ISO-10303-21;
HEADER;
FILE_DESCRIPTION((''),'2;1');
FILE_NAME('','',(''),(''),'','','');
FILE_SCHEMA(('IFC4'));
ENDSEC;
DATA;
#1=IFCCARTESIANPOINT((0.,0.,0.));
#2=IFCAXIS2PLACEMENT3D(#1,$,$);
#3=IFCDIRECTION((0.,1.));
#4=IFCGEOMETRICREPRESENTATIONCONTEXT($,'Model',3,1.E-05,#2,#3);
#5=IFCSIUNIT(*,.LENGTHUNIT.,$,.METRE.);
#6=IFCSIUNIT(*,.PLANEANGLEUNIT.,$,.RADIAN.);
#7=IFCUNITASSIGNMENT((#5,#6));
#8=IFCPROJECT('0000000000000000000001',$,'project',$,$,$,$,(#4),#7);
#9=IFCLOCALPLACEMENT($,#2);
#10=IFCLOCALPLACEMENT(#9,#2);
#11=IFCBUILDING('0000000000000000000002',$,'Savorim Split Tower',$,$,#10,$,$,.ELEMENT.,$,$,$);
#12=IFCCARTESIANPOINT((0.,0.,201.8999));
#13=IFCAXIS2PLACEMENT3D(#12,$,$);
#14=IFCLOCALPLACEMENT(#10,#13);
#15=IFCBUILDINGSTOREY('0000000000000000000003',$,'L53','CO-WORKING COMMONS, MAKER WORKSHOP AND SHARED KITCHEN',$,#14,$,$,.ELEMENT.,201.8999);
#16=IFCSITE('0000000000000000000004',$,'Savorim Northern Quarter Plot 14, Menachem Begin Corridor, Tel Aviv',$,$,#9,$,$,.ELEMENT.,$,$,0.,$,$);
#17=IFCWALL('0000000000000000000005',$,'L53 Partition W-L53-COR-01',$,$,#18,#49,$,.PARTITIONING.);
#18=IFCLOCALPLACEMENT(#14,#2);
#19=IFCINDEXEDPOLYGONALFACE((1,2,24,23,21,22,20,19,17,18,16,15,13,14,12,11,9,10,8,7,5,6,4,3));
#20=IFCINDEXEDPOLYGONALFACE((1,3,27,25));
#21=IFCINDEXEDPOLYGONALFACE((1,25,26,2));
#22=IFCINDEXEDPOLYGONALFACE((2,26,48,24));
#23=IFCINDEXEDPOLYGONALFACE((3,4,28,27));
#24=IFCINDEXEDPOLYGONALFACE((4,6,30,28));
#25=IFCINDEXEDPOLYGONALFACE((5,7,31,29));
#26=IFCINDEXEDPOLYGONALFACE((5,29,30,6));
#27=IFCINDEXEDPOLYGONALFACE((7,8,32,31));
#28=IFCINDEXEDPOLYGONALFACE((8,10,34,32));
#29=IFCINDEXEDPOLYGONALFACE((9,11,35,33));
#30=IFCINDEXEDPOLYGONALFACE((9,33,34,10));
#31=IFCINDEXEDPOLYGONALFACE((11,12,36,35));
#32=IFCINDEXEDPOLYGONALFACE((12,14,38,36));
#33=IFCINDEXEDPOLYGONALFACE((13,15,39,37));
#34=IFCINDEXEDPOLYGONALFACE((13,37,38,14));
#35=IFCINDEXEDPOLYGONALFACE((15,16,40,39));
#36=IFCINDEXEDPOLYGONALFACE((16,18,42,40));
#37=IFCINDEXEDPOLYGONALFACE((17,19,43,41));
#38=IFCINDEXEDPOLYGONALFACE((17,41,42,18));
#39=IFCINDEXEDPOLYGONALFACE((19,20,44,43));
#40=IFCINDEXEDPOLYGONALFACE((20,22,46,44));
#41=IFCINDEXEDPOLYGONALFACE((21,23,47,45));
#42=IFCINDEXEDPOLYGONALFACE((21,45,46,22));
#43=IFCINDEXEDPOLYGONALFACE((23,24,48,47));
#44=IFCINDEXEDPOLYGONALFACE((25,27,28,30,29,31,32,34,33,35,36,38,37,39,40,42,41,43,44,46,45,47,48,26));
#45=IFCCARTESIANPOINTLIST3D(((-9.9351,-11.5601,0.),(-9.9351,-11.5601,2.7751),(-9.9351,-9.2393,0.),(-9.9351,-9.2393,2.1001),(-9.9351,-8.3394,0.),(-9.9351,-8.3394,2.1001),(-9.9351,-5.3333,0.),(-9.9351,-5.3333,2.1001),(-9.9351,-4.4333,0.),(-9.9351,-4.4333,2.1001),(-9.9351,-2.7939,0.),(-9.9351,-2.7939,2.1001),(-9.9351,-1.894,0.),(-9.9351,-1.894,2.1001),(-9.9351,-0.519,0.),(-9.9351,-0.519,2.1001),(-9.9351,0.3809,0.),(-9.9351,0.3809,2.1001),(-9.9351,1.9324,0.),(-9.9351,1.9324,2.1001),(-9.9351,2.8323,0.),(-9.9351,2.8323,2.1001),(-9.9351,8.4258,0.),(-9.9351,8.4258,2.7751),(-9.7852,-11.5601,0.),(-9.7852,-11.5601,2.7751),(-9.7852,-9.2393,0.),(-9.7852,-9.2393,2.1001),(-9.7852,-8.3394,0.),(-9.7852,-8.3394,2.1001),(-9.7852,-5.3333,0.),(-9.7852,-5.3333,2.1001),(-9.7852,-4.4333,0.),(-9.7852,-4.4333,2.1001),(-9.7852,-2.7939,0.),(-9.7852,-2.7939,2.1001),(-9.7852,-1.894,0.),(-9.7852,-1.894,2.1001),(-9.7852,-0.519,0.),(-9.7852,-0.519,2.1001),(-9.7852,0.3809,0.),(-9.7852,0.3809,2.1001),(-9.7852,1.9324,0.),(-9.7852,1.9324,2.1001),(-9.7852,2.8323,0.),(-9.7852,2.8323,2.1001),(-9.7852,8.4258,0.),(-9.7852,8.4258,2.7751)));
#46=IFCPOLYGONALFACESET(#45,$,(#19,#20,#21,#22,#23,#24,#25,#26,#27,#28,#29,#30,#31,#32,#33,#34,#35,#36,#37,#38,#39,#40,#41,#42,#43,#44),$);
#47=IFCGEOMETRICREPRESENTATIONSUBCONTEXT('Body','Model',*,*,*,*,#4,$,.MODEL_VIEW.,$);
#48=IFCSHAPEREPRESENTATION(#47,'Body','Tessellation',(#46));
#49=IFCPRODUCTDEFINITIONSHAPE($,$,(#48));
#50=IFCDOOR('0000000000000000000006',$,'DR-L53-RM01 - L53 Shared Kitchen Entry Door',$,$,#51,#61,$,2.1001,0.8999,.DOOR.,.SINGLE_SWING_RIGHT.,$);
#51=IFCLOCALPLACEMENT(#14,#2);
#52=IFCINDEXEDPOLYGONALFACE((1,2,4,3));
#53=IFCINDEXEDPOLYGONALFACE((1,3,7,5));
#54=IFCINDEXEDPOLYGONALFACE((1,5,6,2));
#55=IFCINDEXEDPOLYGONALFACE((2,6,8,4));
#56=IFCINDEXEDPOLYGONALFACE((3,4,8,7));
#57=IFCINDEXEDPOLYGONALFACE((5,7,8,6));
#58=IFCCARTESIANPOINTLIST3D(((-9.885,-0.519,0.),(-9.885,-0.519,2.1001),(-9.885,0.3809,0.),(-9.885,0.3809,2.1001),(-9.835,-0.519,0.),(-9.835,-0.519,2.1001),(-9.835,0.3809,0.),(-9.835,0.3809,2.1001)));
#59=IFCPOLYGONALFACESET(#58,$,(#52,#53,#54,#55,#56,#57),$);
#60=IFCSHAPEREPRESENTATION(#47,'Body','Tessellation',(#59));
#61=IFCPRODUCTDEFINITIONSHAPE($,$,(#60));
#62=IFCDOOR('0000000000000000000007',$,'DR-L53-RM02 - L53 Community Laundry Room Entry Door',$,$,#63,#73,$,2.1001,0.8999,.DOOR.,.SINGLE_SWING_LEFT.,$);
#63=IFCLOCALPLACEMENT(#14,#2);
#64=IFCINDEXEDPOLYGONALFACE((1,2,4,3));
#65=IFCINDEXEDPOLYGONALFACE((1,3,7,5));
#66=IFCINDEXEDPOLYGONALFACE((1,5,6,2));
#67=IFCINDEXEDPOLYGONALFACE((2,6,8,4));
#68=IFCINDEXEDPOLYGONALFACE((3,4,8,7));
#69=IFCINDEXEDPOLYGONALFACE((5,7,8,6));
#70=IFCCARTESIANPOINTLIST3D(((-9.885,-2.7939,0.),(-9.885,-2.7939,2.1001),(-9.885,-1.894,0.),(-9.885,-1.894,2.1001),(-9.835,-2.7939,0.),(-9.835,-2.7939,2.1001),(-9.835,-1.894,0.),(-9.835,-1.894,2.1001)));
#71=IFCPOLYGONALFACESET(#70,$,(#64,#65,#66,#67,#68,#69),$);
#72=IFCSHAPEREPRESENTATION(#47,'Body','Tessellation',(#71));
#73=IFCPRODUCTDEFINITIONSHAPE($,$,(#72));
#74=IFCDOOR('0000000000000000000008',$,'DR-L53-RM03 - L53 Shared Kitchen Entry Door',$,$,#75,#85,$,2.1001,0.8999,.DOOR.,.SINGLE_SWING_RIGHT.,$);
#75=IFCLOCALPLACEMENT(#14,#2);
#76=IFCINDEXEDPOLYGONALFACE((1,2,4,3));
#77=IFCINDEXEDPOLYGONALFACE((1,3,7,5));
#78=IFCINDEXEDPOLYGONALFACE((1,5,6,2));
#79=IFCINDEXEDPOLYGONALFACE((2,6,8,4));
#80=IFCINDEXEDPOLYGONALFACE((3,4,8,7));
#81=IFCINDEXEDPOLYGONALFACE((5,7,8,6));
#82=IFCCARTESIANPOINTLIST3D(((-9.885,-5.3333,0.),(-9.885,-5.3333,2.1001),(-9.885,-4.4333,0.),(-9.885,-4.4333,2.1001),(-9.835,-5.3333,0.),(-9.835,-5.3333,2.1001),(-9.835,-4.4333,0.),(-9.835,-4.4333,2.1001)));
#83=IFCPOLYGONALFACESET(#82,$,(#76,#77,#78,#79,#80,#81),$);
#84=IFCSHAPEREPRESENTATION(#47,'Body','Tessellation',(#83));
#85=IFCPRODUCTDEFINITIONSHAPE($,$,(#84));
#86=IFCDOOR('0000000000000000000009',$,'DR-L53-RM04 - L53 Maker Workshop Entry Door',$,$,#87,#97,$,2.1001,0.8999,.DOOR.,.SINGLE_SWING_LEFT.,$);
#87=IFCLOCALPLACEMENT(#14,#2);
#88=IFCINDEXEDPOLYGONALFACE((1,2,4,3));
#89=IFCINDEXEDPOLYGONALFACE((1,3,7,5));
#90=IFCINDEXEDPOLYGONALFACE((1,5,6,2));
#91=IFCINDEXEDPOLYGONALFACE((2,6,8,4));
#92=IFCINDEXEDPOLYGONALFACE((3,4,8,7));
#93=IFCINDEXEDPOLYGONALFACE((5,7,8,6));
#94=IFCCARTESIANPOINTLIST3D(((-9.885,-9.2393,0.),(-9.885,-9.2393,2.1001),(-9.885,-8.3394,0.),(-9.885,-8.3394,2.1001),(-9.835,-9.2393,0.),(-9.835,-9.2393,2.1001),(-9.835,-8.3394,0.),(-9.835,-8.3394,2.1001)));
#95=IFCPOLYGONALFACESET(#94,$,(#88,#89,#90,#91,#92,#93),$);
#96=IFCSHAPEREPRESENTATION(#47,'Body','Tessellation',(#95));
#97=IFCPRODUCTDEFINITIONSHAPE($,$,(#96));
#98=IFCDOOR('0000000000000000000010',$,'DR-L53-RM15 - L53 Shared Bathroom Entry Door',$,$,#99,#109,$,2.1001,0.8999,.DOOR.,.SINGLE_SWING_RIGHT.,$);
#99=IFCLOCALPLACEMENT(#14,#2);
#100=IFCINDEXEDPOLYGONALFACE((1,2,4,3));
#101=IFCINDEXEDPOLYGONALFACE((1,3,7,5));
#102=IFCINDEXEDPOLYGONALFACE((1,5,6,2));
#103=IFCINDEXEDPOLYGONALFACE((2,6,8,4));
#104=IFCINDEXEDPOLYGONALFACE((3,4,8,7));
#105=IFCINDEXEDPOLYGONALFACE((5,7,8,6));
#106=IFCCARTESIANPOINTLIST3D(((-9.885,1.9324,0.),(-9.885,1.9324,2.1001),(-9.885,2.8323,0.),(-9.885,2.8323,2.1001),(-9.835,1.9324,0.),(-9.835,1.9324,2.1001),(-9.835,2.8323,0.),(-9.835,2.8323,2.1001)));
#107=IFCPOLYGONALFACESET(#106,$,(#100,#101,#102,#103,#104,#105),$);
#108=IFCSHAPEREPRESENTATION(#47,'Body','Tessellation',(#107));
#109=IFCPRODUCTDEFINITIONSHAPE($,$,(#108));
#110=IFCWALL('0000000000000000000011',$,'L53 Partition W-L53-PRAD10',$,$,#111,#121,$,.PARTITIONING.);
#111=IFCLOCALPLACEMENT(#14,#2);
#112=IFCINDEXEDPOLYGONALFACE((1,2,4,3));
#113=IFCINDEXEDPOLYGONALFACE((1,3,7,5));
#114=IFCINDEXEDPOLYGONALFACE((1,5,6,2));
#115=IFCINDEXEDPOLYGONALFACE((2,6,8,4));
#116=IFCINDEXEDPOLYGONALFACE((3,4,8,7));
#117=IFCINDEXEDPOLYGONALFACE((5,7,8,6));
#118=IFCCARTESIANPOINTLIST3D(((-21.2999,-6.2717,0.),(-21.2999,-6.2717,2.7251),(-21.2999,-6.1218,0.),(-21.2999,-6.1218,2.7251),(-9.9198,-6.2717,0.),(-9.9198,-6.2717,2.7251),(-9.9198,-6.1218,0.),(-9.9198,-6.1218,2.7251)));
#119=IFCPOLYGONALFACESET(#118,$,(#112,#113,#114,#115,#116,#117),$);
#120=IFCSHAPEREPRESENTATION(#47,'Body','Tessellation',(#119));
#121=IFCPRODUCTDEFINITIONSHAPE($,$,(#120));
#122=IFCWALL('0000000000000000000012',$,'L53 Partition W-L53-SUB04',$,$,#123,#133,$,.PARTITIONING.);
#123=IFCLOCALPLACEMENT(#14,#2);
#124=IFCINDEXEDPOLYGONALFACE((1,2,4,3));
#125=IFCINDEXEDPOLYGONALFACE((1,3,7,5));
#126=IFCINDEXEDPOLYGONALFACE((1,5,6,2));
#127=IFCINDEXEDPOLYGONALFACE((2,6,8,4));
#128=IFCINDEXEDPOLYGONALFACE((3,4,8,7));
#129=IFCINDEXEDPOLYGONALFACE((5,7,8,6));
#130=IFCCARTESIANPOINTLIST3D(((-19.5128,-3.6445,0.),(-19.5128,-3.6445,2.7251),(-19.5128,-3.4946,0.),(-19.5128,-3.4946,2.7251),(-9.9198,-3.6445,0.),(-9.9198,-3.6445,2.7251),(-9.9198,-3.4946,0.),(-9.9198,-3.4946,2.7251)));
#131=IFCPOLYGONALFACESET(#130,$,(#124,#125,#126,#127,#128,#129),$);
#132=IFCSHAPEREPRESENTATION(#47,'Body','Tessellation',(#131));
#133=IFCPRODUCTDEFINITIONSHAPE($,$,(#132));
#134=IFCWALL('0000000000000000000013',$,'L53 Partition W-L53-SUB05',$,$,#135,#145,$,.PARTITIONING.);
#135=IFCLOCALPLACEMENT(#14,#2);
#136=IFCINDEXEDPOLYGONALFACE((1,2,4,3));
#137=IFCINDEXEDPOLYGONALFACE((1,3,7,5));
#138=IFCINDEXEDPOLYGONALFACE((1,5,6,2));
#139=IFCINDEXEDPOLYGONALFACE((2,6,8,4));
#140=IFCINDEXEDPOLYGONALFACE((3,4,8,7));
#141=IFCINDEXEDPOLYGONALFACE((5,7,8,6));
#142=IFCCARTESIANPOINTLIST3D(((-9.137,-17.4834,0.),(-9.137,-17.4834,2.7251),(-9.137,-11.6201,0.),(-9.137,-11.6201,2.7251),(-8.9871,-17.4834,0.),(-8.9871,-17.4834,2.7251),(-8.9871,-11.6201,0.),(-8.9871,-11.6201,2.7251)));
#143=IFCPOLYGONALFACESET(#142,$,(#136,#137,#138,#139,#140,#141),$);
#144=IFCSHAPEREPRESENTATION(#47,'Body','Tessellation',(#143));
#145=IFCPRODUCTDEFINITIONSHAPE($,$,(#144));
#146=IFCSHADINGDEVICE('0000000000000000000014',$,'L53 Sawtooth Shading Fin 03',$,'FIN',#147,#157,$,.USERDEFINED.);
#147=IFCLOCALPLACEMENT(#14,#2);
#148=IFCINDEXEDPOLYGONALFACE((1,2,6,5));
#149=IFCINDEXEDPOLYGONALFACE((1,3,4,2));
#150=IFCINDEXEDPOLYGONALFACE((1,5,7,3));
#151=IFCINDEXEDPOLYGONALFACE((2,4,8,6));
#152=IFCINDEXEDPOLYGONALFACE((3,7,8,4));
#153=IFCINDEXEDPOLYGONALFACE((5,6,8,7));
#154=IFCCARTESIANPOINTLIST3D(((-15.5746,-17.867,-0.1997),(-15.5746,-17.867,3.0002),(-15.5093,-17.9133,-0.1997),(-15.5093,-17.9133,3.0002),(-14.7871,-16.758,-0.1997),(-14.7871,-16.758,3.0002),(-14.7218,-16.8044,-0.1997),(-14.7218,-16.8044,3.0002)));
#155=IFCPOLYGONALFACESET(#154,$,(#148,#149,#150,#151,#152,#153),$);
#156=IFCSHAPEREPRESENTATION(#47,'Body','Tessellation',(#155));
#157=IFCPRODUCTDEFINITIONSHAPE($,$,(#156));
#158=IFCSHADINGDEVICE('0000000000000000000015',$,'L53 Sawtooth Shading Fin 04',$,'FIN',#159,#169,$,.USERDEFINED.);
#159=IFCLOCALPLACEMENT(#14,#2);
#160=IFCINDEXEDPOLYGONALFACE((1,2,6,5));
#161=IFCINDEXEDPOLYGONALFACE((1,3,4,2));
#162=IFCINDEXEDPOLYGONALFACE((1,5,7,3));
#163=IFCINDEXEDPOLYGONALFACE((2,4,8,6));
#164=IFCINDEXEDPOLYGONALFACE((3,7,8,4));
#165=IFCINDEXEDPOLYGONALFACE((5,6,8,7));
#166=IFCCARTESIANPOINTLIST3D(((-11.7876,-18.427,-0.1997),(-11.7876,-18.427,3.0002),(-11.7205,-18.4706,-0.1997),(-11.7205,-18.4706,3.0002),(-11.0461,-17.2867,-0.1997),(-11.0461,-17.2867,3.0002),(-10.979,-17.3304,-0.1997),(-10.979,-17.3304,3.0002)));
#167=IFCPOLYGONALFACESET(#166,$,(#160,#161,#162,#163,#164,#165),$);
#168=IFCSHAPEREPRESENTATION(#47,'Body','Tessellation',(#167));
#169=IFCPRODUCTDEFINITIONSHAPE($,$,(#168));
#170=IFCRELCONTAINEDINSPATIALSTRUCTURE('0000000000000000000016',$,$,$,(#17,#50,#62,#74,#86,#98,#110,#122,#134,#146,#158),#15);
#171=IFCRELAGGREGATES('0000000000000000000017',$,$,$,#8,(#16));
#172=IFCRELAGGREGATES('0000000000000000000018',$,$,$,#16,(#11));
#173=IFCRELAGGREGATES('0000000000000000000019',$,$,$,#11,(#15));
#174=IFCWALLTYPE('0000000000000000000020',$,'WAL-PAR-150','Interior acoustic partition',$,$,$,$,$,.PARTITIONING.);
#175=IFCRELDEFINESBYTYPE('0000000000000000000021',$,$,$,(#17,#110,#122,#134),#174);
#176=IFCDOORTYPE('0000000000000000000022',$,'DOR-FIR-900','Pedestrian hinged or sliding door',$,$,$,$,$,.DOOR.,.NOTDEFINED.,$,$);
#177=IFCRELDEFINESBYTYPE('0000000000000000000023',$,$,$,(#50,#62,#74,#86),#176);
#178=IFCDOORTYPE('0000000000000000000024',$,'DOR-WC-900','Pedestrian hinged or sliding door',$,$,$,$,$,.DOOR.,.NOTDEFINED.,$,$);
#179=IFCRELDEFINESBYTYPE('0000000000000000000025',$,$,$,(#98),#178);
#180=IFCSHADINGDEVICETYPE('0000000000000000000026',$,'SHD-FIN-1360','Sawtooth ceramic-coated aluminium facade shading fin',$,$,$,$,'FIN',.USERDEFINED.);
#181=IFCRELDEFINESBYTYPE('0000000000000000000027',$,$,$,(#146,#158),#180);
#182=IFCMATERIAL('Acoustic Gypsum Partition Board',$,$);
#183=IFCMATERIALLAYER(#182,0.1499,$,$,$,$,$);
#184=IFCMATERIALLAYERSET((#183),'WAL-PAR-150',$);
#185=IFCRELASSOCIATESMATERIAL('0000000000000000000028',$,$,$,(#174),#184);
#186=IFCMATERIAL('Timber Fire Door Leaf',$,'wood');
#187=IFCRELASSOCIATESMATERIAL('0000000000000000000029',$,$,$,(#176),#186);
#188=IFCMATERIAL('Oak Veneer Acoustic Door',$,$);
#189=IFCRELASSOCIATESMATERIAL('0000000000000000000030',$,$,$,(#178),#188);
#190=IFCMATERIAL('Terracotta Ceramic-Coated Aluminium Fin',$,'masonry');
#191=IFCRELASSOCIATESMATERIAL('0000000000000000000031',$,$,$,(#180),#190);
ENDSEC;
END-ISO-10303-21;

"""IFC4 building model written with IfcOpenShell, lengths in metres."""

from ifc_helpers import new_model, si_unit, direction, frame, frame_2d, origin, origin_2d, place, context, subcontext, project, spatial, rectangle, extrude, material, layer, layer_set, type_object, element, fill, save


model = new_model("IFC4")

# Units and contexts
model_context = context("Model", 3, precision=1e-05, world=origin(), true_north=direction((0.0, 1.0)))
body_context = subcontext(model_context, "Body", "Model", "MODEL_VIEW")
ifc_project = project(units=[si_unit("LENGTHUNIT", "METRE"), si_unit("PLANEANGLEUNIT", "RADIAN")], contexts=[model_context])

# Site, building, storey
site_placement = place(None, origin())
site = spatial("IfcSite", under=ifc_project, at=site_placement, Name="Savorim Northern Quarter Plot 14, Menachem Begin Corridor, Tel Aviv", CompositionType="ELEMENT", RefElevation=0.0)
building_placement = place(site_placement, origin())
building = spatial("IfcBuilding", under=site, at=building_placement, Name="Savorim Split Tower", CompositionType="ELEMENT")
storey_placement = place(building_placement, frame((0.0, 0.0, 201.8999)))
storey = spatial("IfcBuildingStorey", under=building, at=storey_placement, Name="L53", Description="CO-WORKING COMMONS, MAKER WORKSHOP AND SHARED KITCHEN", CompositionType="ELEMENT", Elevation=201.8999)

# Wall, openings, doors
ifc_material_1 = material(Name="Acoustic Gypsum Partition Board")
ifc_layer_1 = layer(ifc_material_1, 0.1499)
ifc_layer_set_1 = layer_set([ifc_layer_1], Name="WAL-PAR-150")
wall_type = type_object("IfcWallType", Name="WAL-PAR-150", Description="Interior acoustic partition", PredefinedType="PARTITIONING", material=ifc_layer_set_1)
wall_1_placement = place(storey_placement, frame((-9.8601, -11.5601, 0.0), z_axis=(0.0, 0.0, 1.0), x_axis=(0.0, 1.0, 0.0)))
wall_1 = element("IfcWall", 1, at=wall_1_placement, inside=storey, type_object=wall_type, Name="L53 Partition W-L53-COR-01", PredefinedType="PARTITIONING", context=body_context, shape_type="SweptSolid", body=[
    extrude(rectangle(XDim=19.9858, YDim=0.1499, at=frame_2d((9.9929, 0.0))), origin(), (0.0, 0.0, 1.0), 2.7751),
])
opening_1_placement = place(wall_1_placement, frame((11.041, 0.0, 0.0)))
opening_1 = element("IfcOpeningElement", 2, at=opening_1_placement, cuts=wall_1, PredefinedType="OPENING", context=body_context, shape_type="SweptSolid", body=[
    extrude(rectangle(XDim=0.8999, YDim=2.1001, at=frame_2d((0.45, 1.05))), frame((0.0, 0.085, 0.0), z_axis=(0.0, -1.0, 0.0), x_axis=(1.0, 0.0, 0.0)), (0.0, 0.0, 1.0), 0.1699),
])
opening_2_placement = place(wall_1_placement, frame((8.7661, 0.0, 0.0)))
opening_2 = element("IfcOpeningElement", 3, at=opening_2_placement, cuts=wall_1, PredefinedType="OPENING", context=body_context, shape_type="SweptSolid", body=[
    extrude(rectangle(XDim=0.8999, YDim=2.1001, at=frame_2d((0.45, 1.05))), frame((0.0, 0.085, 0.0), z_axis=(0.0, -1.0, 0.0), x_axis=(1.0, 0.0, 0.0)), (0.0, 0.0, 1.0), 0.1699),
])
opening_3_placement = place(wall_1_placement, frame((6.2268, 0.0, 0.0)))
opening_3 = element("IfcOpeningElement", 4, at=opening_3_placement, cuts=wall_1, PredefinedType="OPENING", context=body_context, shape_type="SweptSolid", body=[
    extrude(rectangle(XDim=0.8999, YDim=2.1001, at=frame_2d((0.45, 1.05))), frame((0.0, 0.085, 0.0), z_axis=(0.0, -1.0, 0.0), x_axis=(1.0, 0.0, 0.0)), (0.0, 0.0, 1.0), 0.1699),
])
opening_4_placement = place(wall_1_placement, frame((2.3208, 0.0, 0.0)))
opening_4 = element("IfcOpeningElement", 5, at=opening_4_placement, cuts=wall_1, PredefinedType="OPENING", context=body_context, shape_type="SweptSolid", body=[
    extrude(rectangle(XDim=0.8999, YDim=2.1001, at=frame_2d((0.45, 1.05))), frame((0.0, 0.085, 0.0), z_axis=(0.0, -1.0, 0.0), x_axis=(1.0, 0.0, 0.0)), (0.0, 0.0, 1.0), 0.1699),
])
opening_5_placement = place(wall_1_placement, frame((13.4924, 0.0, 0.0)))
opening_5 = element("IfcOpeningElement", 6, at=opening_5_placement, cuts=wall_1, PredefinedType="OPENING", context=body_context, shape_type="SweptSolid", body=[
    extrude(rectangle(XDim=0.8999, YDim=2.1001, at=frame_2d((0.45, 1.05))), frame((0.0, 0.085, 0.0), z_axis=(0.0, -1.0, 0.0), x_axis=(1.0, 0.0, 0.0)), (0.0, 0.0, 1.0), 0.1699),
])
ifc_material_2 = material(Name="Timber Fire Door Leaf", Category="wood")
door_type_1 = type_object("IfcDoorType", Name="DOR-FIR-900", Description="Pedestrian hinged or sliding door", OperationType="NOTDEFINED", PredefinedType="DOOR", material=ifc_material_2)
door_1_placement = place(opening_1_placement, origin())
door_1 = element("IfcDoor", 7, at=door_1_placement, inside=storey, type_object=door_type_1, Name="DR-L53-RM01 - L53 Shared Kitchen Entry Door", OperationType="SINGLE_SWING_RIGHT", OverallHeight=2.1001, OverallWidth=0.8999, PredefinedType="DOOR", context=body_context, shape_type="SweptSolid", body=[
    extrude(rectangle(XDim=0.8999, YDim=2.1001, at=frame_2d((0.45, 1.05))), frame((0.0, 0.0249, 0.0), z_axis=(0.0, -1.0, 0.0), x_axis=(1.0, 0.0, 0.0)), (0.0, 0.0, 1.0), 0.05),
])
fill(opening_1, door_1)
door_2_placement = place(opening_2_placement, origin())
door_2 = element("IfcDoor", 8, at=door_2_placement, inside=storey, type_object=door_type_1, Name="DR-L53-RM02 - L53 Community Laundry Room Entry Door", OperationType="SINGLE_SWING_LEFT", OverallHeight=2.1001, OverallWidth=0.8999, PredefinedType="DOOR", context=body_context, shape_type="SweptSolid", body=[
    extrude(rectangle(XDim=0.8999, YDim=2.1001, at=frame_2d((0.45, 1.05))), frame((0.0, 0.0249, 0.0), z_axis=(0.0, -1.0, 0.0), x_axis=(1.0, 0.0, 0.0)), (0.0, 0.0, 1.0), 0.05),
])
fill(opening_2, door_2)
door_3_placement = place(opening_3_placement, origin())
door_3 = element("IfcDoor", 9, at=door_3_placement, inside=storey, type_object=door_type_1, Name="DR-L53-RM03 - L53 Shared Kitchen Entry Door", OperationType="SINGLE_SWING_RIGHT", OverallHeight=2.1001, OverallWidth=0.8999, PredefinedType="DOOR", context=body_context, shape_type="SweptSolid", body=[
    extrude(rectangle(XDim=0.8999, YDim=2.1001, at=frame_2d((0.45, 1.05))), frame((0.0, 0.0249, 0.0), z_axis=(0.0, -1.0, 0.0), x_axis=(1.0, 0.0, 0.0)), (0.0, 0.0, 1.0), 0.05),
])
fill(opening_3, door_3)
door_4_placement = place(opening_4_placement, origin())
door_4 = element("IfcDoor", 10, at=door_4_placement, inside=storey, type_object=door_type_1, Name="DR-L53-RM04 - L53 Maker Workshop Entry Door", OperationType="SINGLE_SWING_LEFT", OverallHeight=2.1001, OverallWidth=0.8999, PredefinedType="DOOR", context=body_context, shape_type="SweptSolid", body=[
    extrude(rectangle(XDim=0.8999, YDim=2.1001, at=frame_2d((0.45, 1.05))), frame((0.0, 0.0249, 0.0), z_axis=(0.0, -1.0, 0.0), x_axis=(1.0, 0.0, 0.0)), (0.0, 0.0, 1.0), 0.05),
])
fill(opening_4, door_4)
ifc_material_3 = material(Name="Oak Veneer Acoustic Door")
door_type_2 = type_object("IfcDoorType", Name="DOR-WC-900", Description="Pedestrian hinged or sliding door", OperationType="NOTDEFINED", PredefinedType="DOOR", material=ifc_material_3)
door_5_placement = place(opening_5_placement, origin())
door_5 = element("IfcDoor", 11, at=door_5_placement, inside=storey, type_object=door_type_2, Name="DR-L53-RM15 - L53 Shared Bathroom Entry Door", OperationType="SINGLE_SWING_RIGHT", OverallHeight=2.1001, OverallWidth=0.8999, PredefinedType="DOOR", context=body_context, shape_type="SweptSolid", body=[
    extrude(rectangle(XDim=0.8999, YDim=2.1001, at=frame_2d((0.45, 1.05))), frame((0.0, 0.0249, 0.0), z_axis=(0.0, -1.0, 0.0), x_axis=(1.0, 0.0, 0.0)), (0.0, 0.0, 1.0), 0.05),
])
fill(opening_5, door_5)

# Walls
wall_2_placement = place(storey_placement, frame((-9.9199, -6.1968, 0.0), z_axis=(0.0, 0.0, 1.0), x_axis=(-1.0, 0.0, 0.0)))
element("IfcWall", 12, at=wall_2_placement, inside=storey, type_object=wall_type, Name="L53 Partition W-L53-PRAD10", PredefinedType="PARTITIONING", context=body_context, shape_type="SweptSolid", body=[
    extrude(rectangle(XDim=11.3801, YDim=0.1499, at=frame_2d((5.6899, 0.0))), origin(), (0.0, 0.0, 1.0), 2.7251),
])
wall_3_placement = place(storey_placement, frame((-9.9199, -3.5696, 0.0), z_axis=(0.0, 0.0, 1.0), x_axis=(-1.0, 0.0, 0.0)))
element("IfcWall", 13, at=wall_3_placement, inside=storey, type_object=wall_type, Name="L53 Partition W-L53-SUB04", PredefinedType="PARTITIONING", context=body_context, shape_type="SweptSolid", body=[
    extrude(rectangle(XDim=9.593, YDim=0.1499, at=frame_2d((4.7964, 0.0))), origin(), (0.0, 0.0, 1.0), 2.7251),
])
wall_4_placement = place(storey_placement, frame((-9.062, -11.6201, 0.0), z_axis=(0.0, 0.0, 1.0), x_axis=(0.0, -1.0, 0.0)))
element("IfcWall", 14, at=wall_4_placement, inside=storey, type_object=wall_type, Name="L53 Partition W-L53-SUB05", PredefinedType="PARTITIONING", context=body_context, shape_type="SweptSolid", body=[
    extrude(rectangle(XDim=5.8633, YDim=0.1499, at=frame_2d((2.9316, 0.0))), origin(), (0.0, 0.0, 1.0), 2.7251),
])

# Shading devices
ifc_material_4 = material(Name="Terracotta Ceramic-Coated Aluminium Fin", Category="masonry")
shading_device_type = type_object("IfcShadingDeviceType", Name="SHD-FIN-1360", Description="Sawtooth ceramic-coated aluminium facade shading fin", ElementType="FIN", PredefinedType="USERDEFINED", material=ifc_material_4)
for number, where, z_axis, x_axis, name in (
    (15, (-15.1482, -17.3357, -0.1997), (0.0, 0.0, 1.0), (-0.578994, -0.815332, 0.0), "L53 Sawtooth Shading Fin 03"),
    (16, (-11.3833, -17.8787, -0.1997), (0.0, 0.0, 1.0), (-0.545148, -0.83834, 0.0), "L53 Sawtooth Shading Fin 04"),
):
    element("IfcShadingDevice", number, at=place(storey_placement, frame(where, z_axis=z_axis, x_axis=x_axis)), inside=storey, type_object=shading_device_type, Name=name, ObjectType="FIN", PredefinedType="USERDEFINED", context=body_context, shape_type="SweptSolid", body=[
        extrude(rectangle(XDim=1.3601, YDim=0.0801, at=origin_2d()), origin(), (0.0, 0.0, 1.0), 3.2),
    ])

save(model, "model.ifc")
